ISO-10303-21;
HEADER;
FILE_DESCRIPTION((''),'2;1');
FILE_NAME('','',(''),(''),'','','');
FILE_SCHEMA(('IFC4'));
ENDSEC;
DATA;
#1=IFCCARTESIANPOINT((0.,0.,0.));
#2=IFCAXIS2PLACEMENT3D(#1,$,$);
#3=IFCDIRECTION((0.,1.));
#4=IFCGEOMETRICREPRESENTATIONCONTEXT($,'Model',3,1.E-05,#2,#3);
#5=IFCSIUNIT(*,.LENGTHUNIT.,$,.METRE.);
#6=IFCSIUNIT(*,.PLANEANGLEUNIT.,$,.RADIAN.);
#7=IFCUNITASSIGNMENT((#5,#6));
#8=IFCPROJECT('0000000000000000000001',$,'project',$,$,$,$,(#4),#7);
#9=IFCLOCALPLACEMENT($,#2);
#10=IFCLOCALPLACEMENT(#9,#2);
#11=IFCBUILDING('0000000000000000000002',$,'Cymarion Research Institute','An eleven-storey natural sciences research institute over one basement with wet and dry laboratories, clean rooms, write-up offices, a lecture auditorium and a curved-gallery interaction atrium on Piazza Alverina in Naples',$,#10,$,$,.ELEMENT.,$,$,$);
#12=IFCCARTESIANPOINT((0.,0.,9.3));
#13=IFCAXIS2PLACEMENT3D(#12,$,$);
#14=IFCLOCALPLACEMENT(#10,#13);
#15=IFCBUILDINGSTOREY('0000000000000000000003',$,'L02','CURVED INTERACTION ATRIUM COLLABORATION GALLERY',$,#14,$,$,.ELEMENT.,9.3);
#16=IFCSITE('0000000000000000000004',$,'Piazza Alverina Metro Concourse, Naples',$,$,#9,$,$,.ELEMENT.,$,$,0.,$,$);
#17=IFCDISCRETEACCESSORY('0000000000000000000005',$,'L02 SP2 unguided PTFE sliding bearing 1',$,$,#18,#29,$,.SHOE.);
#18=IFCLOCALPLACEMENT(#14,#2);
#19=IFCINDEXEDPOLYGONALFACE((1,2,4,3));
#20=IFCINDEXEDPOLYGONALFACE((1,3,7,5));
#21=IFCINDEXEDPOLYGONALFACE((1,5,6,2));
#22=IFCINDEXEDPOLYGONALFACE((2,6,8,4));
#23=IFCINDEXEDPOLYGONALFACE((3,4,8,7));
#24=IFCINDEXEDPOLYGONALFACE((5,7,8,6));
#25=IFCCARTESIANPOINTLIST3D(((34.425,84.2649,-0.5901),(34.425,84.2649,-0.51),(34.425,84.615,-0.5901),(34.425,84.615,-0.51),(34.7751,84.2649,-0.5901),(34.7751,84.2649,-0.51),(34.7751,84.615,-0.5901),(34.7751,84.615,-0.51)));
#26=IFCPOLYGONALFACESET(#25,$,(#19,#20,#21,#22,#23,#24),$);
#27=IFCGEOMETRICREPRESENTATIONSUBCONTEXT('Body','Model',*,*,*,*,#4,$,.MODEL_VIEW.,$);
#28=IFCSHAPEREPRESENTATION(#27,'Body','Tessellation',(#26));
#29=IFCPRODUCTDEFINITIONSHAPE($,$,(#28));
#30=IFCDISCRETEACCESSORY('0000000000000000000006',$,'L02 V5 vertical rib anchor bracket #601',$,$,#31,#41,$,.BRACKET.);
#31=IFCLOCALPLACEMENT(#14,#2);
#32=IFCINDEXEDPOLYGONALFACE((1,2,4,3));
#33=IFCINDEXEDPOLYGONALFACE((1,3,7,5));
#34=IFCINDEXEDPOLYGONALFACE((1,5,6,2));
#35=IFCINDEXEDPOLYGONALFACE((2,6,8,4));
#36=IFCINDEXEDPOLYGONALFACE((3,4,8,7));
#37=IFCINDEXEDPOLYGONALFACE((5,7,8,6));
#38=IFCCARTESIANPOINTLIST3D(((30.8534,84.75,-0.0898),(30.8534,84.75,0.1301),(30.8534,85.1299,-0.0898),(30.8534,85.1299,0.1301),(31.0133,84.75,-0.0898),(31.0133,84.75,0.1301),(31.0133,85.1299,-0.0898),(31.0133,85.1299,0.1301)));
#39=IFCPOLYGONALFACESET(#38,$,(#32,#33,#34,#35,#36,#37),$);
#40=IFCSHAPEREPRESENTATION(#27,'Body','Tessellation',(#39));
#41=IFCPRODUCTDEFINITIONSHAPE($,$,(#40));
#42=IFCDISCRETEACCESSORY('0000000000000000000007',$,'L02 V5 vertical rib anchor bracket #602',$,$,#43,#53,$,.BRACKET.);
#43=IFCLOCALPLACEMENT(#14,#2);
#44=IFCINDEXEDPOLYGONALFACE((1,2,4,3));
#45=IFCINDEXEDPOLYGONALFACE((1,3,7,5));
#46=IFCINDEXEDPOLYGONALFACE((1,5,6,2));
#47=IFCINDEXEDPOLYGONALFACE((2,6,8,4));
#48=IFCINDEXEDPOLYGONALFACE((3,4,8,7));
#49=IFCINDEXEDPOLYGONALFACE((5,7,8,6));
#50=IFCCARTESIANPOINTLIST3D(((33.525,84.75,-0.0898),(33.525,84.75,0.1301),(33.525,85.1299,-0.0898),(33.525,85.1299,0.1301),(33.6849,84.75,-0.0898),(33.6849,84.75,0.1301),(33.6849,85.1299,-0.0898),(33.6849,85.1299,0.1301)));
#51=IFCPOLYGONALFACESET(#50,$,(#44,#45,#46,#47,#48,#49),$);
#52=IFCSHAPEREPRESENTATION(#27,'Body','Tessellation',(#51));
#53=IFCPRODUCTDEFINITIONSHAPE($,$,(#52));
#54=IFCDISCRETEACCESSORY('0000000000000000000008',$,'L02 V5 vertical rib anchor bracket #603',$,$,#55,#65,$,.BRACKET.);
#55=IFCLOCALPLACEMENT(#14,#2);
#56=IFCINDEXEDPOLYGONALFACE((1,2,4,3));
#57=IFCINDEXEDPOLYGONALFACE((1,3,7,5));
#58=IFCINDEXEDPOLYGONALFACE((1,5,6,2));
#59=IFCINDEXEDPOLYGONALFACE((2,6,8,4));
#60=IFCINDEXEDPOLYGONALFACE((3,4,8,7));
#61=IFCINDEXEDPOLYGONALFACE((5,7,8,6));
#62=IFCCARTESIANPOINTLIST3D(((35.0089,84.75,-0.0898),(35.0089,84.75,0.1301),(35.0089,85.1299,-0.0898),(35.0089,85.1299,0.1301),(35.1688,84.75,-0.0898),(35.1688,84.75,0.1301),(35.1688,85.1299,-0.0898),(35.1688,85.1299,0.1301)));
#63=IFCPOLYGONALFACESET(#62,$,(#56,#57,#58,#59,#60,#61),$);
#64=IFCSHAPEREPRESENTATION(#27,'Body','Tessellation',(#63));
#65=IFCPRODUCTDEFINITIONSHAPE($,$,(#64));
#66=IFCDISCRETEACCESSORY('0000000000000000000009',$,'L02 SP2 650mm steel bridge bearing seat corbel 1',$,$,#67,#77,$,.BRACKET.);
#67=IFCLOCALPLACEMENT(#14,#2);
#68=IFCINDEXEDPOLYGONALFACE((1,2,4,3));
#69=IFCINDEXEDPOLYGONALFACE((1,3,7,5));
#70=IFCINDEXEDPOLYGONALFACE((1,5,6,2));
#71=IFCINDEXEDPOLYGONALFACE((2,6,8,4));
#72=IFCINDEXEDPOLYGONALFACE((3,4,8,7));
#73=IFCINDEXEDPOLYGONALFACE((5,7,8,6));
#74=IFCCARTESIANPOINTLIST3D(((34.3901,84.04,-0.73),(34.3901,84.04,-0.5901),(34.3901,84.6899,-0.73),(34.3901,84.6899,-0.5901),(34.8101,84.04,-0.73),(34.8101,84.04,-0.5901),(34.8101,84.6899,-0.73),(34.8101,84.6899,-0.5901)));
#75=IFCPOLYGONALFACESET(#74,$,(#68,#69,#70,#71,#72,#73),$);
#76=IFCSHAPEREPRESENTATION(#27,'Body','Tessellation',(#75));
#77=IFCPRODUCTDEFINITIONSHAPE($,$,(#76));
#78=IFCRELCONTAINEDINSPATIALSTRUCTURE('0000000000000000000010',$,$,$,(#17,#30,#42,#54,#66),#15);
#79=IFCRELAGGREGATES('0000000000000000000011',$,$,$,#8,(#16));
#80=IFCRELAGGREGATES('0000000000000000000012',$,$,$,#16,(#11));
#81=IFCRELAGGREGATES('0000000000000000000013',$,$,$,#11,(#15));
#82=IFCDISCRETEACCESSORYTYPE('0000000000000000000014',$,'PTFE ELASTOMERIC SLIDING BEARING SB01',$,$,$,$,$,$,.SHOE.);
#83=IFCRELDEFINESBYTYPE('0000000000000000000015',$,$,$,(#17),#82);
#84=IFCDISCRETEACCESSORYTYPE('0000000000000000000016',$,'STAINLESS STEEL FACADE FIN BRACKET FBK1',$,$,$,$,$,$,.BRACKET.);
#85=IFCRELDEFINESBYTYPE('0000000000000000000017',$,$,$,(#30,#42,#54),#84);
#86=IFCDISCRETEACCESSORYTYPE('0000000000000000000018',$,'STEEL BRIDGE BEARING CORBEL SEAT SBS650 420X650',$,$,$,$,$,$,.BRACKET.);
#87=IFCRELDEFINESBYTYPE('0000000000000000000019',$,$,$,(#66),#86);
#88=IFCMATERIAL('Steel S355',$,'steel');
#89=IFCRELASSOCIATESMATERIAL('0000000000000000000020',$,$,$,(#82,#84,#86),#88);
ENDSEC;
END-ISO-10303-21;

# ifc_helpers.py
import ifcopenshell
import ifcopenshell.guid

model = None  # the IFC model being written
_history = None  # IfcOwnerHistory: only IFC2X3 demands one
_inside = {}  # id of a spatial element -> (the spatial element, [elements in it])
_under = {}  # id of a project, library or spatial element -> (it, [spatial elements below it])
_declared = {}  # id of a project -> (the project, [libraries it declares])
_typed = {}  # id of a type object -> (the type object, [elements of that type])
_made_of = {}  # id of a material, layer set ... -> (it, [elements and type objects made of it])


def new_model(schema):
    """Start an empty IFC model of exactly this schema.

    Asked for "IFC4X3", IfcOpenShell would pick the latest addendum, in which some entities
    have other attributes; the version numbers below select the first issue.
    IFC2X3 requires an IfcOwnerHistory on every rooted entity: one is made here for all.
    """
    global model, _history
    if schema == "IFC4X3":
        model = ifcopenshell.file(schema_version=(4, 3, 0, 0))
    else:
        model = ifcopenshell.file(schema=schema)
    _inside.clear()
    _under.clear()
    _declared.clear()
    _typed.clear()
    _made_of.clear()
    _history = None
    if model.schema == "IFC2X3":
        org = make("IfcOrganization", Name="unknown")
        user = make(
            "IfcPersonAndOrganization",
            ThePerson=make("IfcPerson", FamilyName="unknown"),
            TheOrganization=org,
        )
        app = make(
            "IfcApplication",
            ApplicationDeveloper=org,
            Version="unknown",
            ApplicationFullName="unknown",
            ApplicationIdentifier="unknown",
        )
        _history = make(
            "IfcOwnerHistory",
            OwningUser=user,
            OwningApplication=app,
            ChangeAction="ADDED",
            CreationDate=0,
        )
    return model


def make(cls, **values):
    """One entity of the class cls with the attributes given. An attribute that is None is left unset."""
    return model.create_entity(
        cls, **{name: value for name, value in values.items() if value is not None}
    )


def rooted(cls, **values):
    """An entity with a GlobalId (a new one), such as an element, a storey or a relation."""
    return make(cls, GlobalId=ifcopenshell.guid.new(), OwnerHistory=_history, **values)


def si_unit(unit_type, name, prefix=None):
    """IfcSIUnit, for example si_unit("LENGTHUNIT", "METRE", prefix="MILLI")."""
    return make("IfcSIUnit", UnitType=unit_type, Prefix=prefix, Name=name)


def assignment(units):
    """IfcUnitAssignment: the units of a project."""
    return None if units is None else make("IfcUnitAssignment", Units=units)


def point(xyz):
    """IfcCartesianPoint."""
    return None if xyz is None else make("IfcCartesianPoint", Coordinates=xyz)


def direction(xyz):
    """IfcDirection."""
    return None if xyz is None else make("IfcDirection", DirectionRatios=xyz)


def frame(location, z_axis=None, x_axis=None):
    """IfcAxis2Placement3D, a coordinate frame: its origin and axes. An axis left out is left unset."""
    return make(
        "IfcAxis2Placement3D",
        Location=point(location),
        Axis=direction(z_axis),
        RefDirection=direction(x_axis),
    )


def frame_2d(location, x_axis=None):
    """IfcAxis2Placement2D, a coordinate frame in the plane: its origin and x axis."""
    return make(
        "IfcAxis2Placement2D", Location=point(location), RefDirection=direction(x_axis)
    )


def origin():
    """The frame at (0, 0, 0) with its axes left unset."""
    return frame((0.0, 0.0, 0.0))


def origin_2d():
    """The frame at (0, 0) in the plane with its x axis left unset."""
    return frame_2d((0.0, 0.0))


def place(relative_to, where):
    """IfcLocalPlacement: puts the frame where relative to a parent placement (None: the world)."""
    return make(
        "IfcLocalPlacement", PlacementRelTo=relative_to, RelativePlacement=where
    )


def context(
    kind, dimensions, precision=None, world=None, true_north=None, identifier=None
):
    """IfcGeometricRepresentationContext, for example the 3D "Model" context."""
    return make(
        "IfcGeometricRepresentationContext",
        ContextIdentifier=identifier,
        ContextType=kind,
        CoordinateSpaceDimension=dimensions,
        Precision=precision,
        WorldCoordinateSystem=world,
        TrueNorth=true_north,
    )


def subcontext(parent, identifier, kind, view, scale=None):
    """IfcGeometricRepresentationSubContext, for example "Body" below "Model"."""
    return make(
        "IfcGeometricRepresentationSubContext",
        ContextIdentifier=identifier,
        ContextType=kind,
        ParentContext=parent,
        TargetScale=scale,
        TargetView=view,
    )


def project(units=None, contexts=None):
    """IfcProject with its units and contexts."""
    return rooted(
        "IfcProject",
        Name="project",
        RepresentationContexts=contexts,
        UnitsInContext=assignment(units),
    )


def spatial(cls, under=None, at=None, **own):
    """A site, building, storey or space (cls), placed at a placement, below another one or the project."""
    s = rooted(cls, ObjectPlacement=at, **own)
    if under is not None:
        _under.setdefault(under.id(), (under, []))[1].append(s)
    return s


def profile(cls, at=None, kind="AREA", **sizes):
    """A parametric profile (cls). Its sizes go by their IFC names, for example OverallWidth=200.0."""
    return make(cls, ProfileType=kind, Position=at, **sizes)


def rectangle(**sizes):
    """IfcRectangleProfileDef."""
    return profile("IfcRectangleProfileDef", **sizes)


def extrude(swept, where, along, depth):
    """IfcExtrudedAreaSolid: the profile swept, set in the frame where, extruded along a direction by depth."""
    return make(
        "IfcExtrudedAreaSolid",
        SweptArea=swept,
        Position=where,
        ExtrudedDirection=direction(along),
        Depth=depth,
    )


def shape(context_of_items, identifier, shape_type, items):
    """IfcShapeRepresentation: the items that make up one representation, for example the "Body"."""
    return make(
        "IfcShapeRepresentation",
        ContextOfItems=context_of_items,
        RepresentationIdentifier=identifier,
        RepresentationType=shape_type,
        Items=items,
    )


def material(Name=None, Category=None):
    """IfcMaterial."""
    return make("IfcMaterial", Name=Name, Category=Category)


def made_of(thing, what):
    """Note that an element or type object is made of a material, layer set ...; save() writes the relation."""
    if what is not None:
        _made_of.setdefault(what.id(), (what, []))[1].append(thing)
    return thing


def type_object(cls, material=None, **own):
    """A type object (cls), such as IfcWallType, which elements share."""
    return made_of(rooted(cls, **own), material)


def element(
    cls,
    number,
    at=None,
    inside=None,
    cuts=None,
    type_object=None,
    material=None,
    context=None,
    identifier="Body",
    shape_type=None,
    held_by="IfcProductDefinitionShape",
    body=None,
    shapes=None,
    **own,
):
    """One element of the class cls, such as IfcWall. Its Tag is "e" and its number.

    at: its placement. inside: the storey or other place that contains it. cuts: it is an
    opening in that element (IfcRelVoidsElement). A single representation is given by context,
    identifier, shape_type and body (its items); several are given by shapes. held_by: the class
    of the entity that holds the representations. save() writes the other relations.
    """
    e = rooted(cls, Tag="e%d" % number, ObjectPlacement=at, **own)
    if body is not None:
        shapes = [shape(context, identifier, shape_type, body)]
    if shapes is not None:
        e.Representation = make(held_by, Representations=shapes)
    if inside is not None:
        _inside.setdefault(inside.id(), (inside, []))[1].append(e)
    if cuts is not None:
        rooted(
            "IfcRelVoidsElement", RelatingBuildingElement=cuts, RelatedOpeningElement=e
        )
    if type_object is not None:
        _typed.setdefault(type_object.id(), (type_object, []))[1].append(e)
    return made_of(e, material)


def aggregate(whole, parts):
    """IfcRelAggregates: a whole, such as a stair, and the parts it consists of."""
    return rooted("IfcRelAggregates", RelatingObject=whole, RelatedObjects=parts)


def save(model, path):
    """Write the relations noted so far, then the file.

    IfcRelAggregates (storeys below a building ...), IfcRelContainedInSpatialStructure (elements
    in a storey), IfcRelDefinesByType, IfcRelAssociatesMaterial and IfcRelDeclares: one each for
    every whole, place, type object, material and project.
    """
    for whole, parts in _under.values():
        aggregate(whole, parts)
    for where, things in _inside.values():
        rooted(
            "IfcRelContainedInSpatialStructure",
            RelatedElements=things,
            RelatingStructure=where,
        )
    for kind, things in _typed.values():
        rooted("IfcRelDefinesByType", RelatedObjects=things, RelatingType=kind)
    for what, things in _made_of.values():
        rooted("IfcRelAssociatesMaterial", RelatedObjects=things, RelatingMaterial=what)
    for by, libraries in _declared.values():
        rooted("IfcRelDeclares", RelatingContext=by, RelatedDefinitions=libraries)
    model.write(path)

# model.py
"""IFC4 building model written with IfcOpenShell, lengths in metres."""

from ifc_helpers import new_model, si_unit, direction, frame, origin, origin_2d, place, context, subcontext, project, spatial, rectangle, extrude, material, type_object, element, save


model = new_model("IFC4")

# Units and contexts
model_context = context("Model", 3, precision=1e-05, world=origin(), true_north=direction((0.0, 1.0)))
body_context = subcontext(model_context, "Body", "Model", "MODEL_VIEW")
ifc_project = project(units=[si_unit("LENGTHUNIT", "METRE"), si_unit("PLANEANGLEUNIT", "RADIAN")], contexts=[model_context])

# Site, building, storey
site_placement = place(None, origin())
site = spatial("IfcSite", under=ifc_project, at=site_placement, Name="Piazza Alverina Metro Concourse, Naples", CompositionType="ELEMENT", RefElevation=0.0)
building_placement = place(site_placement, origin())
building = spatial("IfcBuilding", under=site, at=building_placement, Name="Cymarion Research Institute", Description="An eleven-storey natural sciences research institute over one basement with wet and dry laboratories, clean rooms, write-up offices, a lecture auditorium and a curved-gallery interaction atrium on Piazza Alverina in Naples", CompositionType="ELEMENT")
storey_placement = place(building_placement, frame((0.0, 0.0, 9.3)))
storey = spatial("IfcBuildingStorey", under=building, at=storey_placement, Name="L02", Description="CURVED INTERACTION ATRIUM COLLABORATION GALLERY", CompositionType="ELEMENT", Elevation=9.3)

# Shared definitions
ifc_material_1 = material(Name="Steel S355", Category="steel")

# Discrete accessories
discrete_accessory_type_1 = type_object("IfcDiscreteAccessoryType", Name="PTFE ELASTOMERIC SLIDING BEARING SB01", PredefinedType="SHOE", material=ifc_material_1)
discrete_accessory_1_placement = place(storey_placement, frame((34.6001, 84.4399, -0.5901), z_axis=(0.0, 0.0, 1.0), x_axis=(1.0, 0.0, 0.0)))
element("IfcDiscreteAccessory", 1, at=discrete_accessory_1_placement, inside=storey, type_object=discrete_accessory_type_1, Name="L02 SP2 unguided PTFE sliding bearing 1", PredefinedType="SHOE", context=body_context, shape_type="SweptSolid", body=[
    extrude(rectangle(XDim=0.3501, YDim=0.3501, at=origin_2d()), origin(), (0.0, 0.0, 1.0), 0.0801),
])
discrete_accessory_type_2 = type_object("IfcDiscreteAccessoryType", Name="STAINLESS STEEL FACADE FIN BRACKET FBK1", PredefinedType="BRACKET", material=ifc_material_1)
for number, where, z_axis, x_axis, name in (
    (2, (30.9333, 84.9399, -0.0898), (0.0, 0.0, 1.0), (0.0, -1.0, 0.0), "L02 V5 vertical rib anchor bracket #601"),
    (3, (33.605, 84.9399, -0.0898), (0.0, 0.0, 1.0), (0.0, -1.0, 0.0), "L02 V5 vertical rib anchor bracket #602"),
    (4, (35.0889, 84.9399, -0.0898), (0.0, 0.0, 1.0), (0.0, -1.0, 0.0), "L02 V5 vertical rib anchor bracket #603"),
):
    element("IfcDiscreteAccessory", number, at=place(storey_placement, frame(where, z_axis=z_axis, x_axis=x_axis)), inside=storey, type_object=discrete_accessory_type_2, Name=name, PredefinedType="BRACKET", context=body_context, shape_type="SweptSolid", body=[
        extrude(rectangle(XDim=0.3799, YDim=0.1599, at=origin_2d()), origin(), (0.0, 0.0, 1.0), 0.22),
    ])
discrete_accessory_type_3 = type_object("IfcDiscreteAccessoryType", Name="STEEL BRIDGE BEARING CORBEL SEAT SBS650 420X650", PredefinedType="BRACKET", material=ifc_material_1)
discrete_accessory_2_placement = place(storey_placement, frame((34.6001, 84.365, -0.73), z_axis=(0.0, 0.0, 1.0), x_axis=(1.0, 0.0, 0.0)))
element("IfcDiscreteAccessory", 5, at=discrete_accessory_2_placement, inside=storey, type_object=discrete_accessory_type_3, Name="L02 SP2 650mm steel bridge bearing seat corbel 1", PredefinedType="BRACKET", context=body_context, shape_type="SweptSolid", body=[
    extrude(rectangle(XDim=0.4199, YDim=0.6499, at=origin_2d()), origin(), (0.0, 0.0, 1.0), 0.1399),
])

save(model, "model.ifc")
